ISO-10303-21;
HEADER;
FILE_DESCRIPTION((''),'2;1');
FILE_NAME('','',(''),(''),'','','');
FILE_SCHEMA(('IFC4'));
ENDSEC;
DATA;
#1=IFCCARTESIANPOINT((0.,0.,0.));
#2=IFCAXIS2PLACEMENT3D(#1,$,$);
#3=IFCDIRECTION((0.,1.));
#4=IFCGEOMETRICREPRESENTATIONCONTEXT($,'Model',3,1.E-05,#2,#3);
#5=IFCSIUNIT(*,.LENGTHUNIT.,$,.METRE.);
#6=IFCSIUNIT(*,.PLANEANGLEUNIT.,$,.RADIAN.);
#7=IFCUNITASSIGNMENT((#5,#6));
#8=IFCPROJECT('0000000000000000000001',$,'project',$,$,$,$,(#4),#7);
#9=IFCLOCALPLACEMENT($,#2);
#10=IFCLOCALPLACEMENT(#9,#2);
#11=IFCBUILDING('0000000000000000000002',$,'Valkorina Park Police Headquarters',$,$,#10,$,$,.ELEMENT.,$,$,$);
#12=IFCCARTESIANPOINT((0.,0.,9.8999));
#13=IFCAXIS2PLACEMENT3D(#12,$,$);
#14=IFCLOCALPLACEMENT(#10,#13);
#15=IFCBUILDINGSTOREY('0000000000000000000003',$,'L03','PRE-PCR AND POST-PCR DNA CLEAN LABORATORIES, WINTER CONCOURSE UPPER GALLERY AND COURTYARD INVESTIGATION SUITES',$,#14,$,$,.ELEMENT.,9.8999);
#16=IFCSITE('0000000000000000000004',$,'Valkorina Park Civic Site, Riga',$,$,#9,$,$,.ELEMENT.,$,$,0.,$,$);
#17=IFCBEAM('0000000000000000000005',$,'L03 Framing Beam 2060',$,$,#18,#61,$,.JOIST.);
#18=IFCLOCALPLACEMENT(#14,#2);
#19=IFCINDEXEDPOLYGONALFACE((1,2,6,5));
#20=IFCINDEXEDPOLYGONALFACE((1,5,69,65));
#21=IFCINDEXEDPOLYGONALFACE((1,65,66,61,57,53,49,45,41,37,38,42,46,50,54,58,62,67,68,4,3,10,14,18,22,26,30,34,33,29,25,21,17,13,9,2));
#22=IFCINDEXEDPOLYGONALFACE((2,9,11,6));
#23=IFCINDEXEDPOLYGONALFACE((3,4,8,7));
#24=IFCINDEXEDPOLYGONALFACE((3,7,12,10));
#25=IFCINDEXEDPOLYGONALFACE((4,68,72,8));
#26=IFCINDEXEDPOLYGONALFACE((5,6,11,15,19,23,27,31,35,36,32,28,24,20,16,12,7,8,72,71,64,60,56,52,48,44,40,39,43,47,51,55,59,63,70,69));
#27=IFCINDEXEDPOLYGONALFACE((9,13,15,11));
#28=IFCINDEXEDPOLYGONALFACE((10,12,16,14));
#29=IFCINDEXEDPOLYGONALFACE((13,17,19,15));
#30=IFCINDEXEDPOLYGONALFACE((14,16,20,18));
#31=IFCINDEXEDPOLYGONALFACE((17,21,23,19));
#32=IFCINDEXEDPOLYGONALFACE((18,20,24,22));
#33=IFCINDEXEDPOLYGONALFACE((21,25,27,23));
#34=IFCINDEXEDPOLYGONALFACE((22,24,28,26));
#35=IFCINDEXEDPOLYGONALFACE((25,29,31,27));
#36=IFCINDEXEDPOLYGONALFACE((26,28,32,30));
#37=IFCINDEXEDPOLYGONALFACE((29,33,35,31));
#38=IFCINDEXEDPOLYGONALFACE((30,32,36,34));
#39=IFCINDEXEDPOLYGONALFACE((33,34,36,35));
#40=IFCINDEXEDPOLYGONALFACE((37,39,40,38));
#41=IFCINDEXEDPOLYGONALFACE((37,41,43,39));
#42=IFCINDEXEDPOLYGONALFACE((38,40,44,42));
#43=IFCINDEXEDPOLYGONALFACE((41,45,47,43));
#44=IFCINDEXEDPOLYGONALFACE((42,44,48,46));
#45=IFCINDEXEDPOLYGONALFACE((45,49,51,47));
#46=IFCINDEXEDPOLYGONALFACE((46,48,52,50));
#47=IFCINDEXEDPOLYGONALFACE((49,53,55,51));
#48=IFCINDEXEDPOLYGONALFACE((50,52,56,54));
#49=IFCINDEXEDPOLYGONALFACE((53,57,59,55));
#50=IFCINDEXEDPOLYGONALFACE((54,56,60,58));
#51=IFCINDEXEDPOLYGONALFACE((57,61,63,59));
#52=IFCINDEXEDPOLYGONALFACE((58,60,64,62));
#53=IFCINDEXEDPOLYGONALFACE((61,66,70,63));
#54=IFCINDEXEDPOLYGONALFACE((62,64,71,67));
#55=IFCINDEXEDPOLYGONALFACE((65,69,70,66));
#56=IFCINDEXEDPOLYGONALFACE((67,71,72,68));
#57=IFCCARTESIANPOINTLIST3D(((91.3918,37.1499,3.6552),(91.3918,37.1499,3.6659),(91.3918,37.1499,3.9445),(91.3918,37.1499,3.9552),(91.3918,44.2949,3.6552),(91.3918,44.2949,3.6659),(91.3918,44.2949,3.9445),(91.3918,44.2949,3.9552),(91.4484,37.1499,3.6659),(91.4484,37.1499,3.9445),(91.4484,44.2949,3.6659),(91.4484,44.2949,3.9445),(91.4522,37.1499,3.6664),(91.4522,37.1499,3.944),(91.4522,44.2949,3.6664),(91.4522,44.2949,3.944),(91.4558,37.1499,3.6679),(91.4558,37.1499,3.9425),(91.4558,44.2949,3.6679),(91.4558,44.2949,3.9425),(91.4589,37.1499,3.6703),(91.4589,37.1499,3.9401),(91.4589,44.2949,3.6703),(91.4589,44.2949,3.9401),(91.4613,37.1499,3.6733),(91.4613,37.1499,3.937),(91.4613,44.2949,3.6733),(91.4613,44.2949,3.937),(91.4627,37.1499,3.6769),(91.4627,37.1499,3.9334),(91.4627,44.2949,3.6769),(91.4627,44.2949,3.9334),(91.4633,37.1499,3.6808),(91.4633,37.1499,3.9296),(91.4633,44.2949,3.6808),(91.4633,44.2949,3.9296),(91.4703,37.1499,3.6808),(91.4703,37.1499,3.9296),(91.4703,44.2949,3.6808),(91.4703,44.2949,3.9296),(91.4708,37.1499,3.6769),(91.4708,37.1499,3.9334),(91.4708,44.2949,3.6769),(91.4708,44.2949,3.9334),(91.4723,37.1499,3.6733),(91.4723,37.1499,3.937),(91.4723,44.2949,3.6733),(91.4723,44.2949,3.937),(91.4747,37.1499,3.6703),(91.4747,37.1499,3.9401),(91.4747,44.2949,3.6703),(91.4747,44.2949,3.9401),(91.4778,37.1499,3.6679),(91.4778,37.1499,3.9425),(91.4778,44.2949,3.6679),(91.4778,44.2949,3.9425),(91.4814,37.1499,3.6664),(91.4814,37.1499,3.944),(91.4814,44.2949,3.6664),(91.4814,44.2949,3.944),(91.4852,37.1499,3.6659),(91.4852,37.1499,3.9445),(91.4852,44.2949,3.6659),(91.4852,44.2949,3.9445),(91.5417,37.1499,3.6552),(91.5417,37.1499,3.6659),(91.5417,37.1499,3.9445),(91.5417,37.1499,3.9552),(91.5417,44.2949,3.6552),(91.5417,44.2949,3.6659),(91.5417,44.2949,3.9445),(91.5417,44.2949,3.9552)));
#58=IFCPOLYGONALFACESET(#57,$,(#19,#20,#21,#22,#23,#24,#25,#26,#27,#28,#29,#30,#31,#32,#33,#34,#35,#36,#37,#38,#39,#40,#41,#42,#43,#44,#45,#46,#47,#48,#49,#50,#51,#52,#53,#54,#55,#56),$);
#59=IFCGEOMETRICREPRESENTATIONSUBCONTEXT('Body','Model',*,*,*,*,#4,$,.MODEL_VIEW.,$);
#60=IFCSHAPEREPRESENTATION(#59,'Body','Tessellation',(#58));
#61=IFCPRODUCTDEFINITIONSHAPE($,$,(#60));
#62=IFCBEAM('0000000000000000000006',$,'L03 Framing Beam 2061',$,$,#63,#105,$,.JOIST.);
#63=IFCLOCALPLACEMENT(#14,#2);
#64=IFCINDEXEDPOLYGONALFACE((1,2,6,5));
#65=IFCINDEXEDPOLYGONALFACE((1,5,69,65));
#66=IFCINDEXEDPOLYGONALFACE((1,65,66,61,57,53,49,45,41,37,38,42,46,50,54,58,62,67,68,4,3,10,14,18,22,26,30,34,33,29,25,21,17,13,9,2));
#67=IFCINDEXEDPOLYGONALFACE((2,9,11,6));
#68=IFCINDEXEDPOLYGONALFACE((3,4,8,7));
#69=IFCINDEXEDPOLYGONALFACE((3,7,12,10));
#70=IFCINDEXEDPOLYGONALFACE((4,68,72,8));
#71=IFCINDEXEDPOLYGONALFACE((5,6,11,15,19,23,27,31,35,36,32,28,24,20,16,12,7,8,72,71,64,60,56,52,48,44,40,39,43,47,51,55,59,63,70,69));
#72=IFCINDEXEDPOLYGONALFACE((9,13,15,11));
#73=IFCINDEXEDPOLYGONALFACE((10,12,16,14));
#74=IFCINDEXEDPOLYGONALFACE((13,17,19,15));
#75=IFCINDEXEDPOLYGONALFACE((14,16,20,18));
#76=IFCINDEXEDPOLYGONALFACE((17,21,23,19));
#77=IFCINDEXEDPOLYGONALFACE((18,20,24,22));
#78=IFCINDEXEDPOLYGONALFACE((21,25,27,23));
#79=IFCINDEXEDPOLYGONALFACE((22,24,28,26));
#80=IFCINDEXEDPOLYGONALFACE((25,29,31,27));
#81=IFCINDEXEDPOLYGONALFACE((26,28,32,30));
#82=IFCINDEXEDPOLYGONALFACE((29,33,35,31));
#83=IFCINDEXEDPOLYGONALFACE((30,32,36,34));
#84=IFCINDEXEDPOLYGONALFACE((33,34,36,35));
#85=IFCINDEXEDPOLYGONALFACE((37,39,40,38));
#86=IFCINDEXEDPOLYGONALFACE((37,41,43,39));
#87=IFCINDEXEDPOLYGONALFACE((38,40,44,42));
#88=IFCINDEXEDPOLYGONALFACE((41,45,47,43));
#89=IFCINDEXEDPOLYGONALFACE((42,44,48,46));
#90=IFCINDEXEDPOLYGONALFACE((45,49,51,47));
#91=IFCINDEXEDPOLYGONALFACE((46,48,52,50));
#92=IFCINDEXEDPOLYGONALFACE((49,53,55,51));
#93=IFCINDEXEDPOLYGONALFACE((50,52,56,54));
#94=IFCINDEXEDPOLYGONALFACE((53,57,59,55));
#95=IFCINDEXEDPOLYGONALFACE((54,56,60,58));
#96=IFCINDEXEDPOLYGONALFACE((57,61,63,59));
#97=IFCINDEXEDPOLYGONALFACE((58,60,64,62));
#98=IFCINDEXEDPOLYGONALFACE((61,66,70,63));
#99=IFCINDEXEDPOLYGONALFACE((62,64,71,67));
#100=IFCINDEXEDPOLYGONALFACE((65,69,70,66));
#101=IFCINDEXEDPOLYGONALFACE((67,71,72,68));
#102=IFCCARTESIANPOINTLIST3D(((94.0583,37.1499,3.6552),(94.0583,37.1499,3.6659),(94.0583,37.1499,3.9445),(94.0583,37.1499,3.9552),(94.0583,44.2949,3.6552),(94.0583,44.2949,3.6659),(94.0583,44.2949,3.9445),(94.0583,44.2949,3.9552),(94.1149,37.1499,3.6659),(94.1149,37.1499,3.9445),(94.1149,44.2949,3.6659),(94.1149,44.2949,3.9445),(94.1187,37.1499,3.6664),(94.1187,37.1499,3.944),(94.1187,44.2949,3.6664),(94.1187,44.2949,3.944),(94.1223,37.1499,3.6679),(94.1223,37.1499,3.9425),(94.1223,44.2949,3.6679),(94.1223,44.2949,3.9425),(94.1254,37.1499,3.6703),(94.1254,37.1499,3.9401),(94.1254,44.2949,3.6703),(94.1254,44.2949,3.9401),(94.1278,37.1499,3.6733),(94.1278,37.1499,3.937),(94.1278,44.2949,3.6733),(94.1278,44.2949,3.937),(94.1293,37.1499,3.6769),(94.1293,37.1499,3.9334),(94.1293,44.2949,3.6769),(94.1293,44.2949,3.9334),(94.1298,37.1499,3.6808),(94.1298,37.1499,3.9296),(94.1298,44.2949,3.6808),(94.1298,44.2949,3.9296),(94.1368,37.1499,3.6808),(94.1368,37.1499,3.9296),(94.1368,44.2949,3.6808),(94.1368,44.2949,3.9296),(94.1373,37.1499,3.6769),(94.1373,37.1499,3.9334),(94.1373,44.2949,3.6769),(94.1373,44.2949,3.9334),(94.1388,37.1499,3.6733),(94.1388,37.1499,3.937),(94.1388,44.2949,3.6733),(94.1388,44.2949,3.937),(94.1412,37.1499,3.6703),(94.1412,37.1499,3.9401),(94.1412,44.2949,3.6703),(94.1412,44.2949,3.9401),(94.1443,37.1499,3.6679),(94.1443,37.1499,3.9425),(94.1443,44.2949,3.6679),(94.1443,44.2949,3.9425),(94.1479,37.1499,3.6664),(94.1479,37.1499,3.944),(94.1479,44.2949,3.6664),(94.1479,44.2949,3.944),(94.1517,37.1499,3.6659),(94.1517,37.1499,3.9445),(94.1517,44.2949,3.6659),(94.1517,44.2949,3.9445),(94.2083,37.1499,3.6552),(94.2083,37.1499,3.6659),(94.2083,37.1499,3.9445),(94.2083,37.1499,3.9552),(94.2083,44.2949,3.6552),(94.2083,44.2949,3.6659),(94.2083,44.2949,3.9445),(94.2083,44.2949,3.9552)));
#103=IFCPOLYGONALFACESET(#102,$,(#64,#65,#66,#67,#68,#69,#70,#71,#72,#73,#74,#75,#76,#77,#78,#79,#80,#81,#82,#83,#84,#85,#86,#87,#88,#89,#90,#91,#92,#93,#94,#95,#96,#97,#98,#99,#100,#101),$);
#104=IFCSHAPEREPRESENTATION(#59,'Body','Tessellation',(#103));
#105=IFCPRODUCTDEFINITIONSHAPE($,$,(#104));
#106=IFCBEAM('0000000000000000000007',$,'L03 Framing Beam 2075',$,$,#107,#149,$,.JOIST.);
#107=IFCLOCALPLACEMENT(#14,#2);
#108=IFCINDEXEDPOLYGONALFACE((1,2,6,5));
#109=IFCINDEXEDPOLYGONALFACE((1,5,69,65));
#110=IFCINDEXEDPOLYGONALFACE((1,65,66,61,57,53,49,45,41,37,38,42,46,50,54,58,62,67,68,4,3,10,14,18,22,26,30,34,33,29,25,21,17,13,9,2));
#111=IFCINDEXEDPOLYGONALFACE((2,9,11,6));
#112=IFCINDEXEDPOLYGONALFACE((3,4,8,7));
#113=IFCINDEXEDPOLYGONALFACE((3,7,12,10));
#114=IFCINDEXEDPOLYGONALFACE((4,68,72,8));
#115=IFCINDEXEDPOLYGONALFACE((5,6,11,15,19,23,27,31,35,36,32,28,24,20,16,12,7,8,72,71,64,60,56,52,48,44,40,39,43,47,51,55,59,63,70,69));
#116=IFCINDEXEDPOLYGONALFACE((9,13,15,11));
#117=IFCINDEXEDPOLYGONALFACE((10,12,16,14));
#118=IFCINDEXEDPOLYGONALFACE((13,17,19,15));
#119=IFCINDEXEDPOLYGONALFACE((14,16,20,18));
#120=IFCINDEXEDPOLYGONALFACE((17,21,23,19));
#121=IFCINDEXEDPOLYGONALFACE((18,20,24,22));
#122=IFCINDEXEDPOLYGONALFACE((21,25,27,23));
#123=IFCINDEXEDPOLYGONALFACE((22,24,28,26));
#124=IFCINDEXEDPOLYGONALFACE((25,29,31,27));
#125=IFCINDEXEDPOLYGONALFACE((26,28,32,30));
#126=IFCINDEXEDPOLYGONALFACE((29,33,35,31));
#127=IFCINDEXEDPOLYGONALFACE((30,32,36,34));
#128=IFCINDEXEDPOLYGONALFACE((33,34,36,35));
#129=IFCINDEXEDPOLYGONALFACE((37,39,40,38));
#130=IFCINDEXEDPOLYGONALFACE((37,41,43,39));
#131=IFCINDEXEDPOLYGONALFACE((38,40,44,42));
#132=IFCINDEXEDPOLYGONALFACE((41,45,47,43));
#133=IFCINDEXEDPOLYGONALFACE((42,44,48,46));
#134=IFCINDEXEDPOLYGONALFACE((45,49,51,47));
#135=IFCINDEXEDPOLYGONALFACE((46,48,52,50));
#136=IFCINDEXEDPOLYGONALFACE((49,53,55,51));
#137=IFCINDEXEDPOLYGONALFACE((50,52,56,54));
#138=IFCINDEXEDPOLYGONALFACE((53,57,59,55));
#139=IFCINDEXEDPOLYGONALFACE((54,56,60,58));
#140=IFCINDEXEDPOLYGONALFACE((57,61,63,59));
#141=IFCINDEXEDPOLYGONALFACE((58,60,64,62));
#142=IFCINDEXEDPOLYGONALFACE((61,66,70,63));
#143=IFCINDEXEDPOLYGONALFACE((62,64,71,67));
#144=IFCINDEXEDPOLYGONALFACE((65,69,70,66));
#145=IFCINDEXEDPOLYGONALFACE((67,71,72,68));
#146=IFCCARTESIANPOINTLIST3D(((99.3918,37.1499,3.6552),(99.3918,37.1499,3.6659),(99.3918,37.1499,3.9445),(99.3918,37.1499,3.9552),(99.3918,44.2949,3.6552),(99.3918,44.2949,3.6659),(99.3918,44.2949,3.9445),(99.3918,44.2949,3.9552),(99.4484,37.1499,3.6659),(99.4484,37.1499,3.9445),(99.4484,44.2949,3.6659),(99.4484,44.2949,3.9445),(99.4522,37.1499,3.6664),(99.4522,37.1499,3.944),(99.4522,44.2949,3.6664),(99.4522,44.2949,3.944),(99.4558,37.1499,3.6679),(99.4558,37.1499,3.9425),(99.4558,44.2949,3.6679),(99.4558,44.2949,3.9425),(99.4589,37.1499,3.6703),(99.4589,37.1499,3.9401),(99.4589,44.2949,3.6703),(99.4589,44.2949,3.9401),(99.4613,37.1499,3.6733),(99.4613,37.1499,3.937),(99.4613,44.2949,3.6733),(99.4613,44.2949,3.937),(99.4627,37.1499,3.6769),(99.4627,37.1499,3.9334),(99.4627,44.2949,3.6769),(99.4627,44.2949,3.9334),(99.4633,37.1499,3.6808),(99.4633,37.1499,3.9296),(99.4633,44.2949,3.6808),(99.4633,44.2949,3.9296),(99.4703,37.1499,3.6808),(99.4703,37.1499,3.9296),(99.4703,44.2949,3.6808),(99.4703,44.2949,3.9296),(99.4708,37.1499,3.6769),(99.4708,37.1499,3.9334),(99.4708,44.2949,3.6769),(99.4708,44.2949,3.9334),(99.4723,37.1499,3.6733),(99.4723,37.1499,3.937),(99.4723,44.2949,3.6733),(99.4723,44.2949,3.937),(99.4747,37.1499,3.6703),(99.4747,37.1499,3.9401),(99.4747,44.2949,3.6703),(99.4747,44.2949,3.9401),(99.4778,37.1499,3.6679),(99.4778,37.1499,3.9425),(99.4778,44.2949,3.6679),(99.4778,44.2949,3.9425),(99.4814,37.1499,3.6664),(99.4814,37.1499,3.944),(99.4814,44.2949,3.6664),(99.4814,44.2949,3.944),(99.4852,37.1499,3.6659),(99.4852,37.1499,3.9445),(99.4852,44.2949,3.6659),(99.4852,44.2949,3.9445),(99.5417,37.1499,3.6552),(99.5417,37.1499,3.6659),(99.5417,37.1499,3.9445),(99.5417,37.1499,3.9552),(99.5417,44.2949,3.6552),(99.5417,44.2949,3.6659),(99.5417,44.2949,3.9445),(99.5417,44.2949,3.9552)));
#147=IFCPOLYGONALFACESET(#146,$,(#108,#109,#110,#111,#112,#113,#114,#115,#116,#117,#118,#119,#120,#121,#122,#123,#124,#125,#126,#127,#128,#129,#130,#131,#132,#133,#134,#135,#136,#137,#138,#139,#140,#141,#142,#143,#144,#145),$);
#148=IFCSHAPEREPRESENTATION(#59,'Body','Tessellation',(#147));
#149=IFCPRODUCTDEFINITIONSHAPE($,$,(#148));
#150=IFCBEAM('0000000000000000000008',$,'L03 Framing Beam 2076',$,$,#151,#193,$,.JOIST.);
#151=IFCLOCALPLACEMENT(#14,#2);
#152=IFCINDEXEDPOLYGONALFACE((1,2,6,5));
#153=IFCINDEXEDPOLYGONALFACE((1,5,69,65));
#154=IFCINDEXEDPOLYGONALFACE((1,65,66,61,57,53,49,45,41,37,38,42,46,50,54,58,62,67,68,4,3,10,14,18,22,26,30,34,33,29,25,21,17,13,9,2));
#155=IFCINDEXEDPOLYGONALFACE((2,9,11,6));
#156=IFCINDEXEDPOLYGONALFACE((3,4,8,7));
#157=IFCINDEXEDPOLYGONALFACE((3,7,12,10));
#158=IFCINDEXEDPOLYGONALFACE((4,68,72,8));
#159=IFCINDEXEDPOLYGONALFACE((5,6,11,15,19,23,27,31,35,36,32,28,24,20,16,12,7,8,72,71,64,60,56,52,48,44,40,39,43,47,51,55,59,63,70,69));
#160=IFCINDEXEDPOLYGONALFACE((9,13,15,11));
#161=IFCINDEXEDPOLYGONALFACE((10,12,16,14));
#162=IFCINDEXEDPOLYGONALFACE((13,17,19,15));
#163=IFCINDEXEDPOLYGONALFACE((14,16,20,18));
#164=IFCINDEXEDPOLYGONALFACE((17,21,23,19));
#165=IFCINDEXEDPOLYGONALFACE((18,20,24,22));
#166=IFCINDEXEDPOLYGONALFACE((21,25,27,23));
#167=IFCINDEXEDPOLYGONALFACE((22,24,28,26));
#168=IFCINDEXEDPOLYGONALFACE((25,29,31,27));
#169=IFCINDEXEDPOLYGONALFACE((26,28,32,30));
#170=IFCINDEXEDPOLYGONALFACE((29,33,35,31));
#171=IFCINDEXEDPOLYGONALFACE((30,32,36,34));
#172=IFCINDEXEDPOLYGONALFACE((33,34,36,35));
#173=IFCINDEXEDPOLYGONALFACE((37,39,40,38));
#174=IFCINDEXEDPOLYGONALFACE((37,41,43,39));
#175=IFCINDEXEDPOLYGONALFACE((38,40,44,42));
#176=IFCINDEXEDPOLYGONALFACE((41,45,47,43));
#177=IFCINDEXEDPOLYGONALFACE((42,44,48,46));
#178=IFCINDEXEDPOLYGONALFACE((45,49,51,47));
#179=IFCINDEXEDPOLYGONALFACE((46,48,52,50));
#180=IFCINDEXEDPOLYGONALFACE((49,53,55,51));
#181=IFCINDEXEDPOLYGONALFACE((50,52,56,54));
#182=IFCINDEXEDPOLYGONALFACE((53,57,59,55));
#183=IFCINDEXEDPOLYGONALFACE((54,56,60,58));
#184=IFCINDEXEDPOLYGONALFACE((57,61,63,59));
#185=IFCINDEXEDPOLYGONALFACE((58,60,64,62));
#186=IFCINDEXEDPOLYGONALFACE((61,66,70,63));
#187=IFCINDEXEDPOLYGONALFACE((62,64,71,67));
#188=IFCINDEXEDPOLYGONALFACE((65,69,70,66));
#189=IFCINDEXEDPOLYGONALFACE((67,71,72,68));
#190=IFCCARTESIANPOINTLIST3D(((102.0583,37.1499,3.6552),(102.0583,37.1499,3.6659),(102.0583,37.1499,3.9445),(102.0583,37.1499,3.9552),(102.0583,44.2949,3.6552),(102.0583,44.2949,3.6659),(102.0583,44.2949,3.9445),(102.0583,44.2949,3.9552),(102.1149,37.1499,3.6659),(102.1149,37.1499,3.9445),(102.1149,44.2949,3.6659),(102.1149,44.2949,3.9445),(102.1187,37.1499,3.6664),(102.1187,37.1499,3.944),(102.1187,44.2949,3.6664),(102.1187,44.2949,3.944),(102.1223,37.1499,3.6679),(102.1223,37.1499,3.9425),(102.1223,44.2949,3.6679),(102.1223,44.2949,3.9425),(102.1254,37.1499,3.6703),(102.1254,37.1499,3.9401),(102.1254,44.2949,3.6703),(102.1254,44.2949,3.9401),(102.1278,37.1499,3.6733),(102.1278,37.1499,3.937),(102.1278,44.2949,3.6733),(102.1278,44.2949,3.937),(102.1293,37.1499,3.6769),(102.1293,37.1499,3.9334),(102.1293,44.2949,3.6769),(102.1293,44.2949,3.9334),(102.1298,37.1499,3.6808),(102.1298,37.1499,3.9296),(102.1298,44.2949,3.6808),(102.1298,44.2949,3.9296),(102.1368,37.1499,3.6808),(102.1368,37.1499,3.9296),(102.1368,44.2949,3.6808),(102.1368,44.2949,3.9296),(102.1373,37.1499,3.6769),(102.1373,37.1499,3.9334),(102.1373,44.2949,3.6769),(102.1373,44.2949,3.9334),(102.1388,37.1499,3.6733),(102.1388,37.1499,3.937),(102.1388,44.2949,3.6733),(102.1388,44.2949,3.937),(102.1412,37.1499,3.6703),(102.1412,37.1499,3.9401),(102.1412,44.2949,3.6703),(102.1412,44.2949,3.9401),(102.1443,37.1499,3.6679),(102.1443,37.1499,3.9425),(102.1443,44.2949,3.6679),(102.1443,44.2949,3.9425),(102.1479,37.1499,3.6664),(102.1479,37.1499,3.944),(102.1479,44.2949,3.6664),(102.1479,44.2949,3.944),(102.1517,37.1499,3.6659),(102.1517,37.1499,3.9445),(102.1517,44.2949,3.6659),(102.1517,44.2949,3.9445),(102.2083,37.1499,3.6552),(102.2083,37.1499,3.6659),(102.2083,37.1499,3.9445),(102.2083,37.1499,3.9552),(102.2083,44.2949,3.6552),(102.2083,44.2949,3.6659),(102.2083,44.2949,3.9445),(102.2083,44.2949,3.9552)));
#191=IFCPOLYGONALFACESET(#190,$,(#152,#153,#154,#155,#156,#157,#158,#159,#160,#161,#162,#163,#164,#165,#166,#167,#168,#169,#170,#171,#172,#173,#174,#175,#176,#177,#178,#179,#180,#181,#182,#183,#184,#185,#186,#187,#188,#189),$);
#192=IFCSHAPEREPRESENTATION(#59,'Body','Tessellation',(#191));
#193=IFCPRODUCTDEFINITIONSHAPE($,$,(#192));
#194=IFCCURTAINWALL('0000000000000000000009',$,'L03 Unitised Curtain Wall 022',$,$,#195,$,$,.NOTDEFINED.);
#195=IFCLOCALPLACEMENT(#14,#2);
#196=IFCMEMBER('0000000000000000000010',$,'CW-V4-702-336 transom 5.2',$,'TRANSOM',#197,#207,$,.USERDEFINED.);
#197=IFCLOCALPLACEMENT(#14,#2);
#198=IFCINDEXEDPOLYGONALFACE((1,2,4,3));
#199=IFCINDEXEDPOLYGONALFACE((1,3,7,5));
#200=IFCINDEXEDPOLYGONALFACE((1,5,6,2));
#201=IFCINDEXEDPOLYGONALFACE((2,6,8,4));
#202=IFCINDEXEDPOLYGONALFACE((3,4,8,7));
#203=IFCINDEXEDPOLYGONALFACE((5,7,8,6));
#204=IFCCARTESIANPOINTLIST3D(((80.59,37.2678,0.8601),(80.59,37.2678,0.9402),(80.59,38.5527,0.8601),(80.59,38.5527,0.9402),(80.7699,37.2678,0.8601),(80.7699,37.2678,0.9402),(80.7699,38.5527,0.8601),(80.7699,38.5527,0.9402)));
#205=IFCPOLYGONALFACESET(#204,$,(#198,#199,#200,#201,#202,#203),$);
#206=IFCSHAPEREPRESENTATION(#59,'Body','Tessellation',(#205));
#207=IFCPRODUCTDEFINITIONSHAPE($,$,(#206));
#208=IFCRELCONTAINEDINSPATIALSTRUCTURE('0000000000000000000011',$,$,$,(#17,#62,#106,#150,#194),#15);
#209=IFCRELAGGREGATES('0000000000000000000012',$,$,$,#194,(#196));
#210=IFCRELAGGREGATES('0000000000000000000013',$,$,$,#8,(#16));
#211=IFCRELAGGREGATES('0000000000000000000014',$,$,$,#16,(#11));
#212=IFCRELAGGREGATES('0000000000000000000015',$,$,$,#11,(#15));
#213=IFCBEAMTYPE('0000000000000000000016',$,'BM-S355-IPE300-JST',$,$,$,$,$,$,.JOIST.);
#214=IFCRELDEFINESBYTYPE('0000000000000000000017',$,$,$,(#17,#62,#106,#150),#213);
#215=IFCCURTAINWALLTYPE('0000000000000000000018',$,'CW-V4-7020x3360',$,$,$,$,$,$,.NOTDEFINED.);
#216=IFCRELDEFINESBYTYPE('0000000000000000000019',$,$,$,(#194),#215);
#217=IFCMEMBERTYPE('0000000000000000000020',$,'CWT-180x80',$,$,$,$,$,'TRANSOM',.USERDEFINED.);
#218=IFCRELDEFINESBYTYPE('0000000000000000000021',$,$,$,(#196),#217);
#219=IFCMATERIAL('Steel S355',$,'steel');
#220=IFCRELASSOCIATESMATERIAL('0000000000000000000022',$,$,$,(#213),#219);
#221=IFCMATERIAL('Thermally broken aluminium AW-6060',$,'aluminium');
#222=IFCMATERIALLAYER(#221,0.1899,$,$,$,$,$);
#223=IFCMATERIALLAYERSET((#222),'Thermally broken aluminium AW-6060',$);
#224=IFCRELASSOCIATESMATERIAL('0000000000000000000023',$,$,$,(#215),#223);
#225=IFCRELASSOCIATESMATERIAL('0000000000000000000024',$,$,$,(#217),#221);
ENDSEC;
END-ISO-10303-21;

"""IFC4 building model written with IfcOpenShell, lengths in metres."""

from ifc_helpers import new_model, si_unit, direction, frame, origin, origin_2d, place, context, subcontext, project, spatial, rectangle, i_section, extrude, material, layer, layer_set, material_profile, profile_set, type_object, element, aggregate, save


model = new_model("IFC4")

# Units and contexts
model_context = context("Model", 3, precision=1e-05, world=origin(), true_north=direction((0.0, 1.0)))
body_context = subcontext(model_context, "Body", "Model", "MODEL_VIEW")
ifc_project = project(units=[si_unit("LENGTHUNIT", "METRE"), si_unit("PLANEANGLEUNIT", "RADIAN")], contexts=[model_context])

# Site, building, storey
site_placement = place(None, origin())
site = spatial("IfcSite", under=ifc_project, at=site_placement, Name="Valkorina Park Civic Site, Riga", CompositionType="ELEMENT", RefElevation=0.0)
building_placement = place(site_placement, origin())
building = spatial("IfcBuilding", under=site, at=building_placement, Name="Valkorina Park Police Headquarters", CompositionType="ELEMENT")
storey_placement = place(building_placement, frame((0.0, 0.0, 9.8999)))
storey = spatial("IfcBuildingStorey", under=building, at=storey_placement, Name="L03", Description="PRE-PCR AND POST-PCR DNA CLEAN LABORATORIES, WINTER CONCOURSE UPPER GALLERY AND COURTYARD INVESTIGATION SUITES", CompositionType="ELEMENT", Elevation=9.8999)

# Shared definitions
ifc_material_1 = material(Name="Steel S355", Category="steel")

# Beams
ifc_material_profile_1 = material_profile(ifc_material_1, i_section(OverallWidth=0.1499, OverallDepth=0.3, WebThickness=0.0071, FlangeThickness=0.0107, FilletRadius=0.0149, at=origin_2d()), Name="IPE 300")
ifc_profile_set_1 = profile_set([ifc_material_profile_1], Name="Steel S355")
beam_type_1 = type_object("IfcBeamType", Name="BM-S355-IPE300-JST", PredefinedType="JOIST", material=ifc_profile_set_1)
for number, where, z_axis, x_axis, name in (
    (1, (91.4668, 37.1499, 3.8052), (0.0, 1.0, 0.0), (-1.0, 0.0, 0.0), "L03 Framing Beam 2060"),
    (2, (94.1333, 37.1499, 3.8052), (0.0, 1.0, 0.0), (-1.0, 0.0, 0.0), "L03 Framing Beam 2061"),
    (3, (99.4668, 37.1499, 3.8052), (0.0, 1.0, 0.0), (-1.0, 0.0, 0.0), "L03 Framing Beam 2075"),
    (4, (102.1333, 37.1499, 3.8052), (0.0, 1.0, 0.0), (-1.0, 0.0, 0.0), "L03 Framing Beam 2076"),
):
    element("IfcBeam", number, at=place(storey_placement, frame(where, z_axis=z_axis, x_axis=x_axis)), inside=storey, type_object=beam_type_1, Name=name, PredefinedType="JOIST", context=body_context, shape_type="SweptSolid", body=[
        extrude(i_section(OverallWidth=0.1499, OverallDepth=0.3, WebThickness=0.0071, FlangeThickness=0.0107, FilletRadius=0.0149, at=origin_2d()), origin(), (0.0, 0.0, 1.0), 7.145),
    ])

# Curtain wall, member
ifc_material_2 = material(Name="Thermally broken aluminium AW-6060", Category="aluminium")
ifc_layer_1 = layer(ifc_material_2, 0.1899)
ifc_layer_set_1 = layer_set([ifc_layer_1], Name="Thermally broken aluminium AW-6060")
curtain_wall_type = type_object("IfcCurtainWallType", Name="CW-V4-7020x3360", PredefinedType="NOTDEFINED", material=ifc_layer_set_1)
curtain_wall_placement = place(storey_placement, origin())
curtain_wall = element("IfcCurtainWall", 5, at=curtain_wall_placement, inside=storey, type_object=curtain_wall_type, Name="L03 Unitised Curtain Wall 022", PredefinedType="NOTDEFINED")
ifc_material_profile_2 = material_profile(ifc_material_2, rectangle(XDim=0.1799, YDim=0.0801, at=origin_2d()), Name="CWT-03 180x80")
ifc_profile_set_2 = profile_set([ifc_material_profile_2], Name="Thermally broken aluminium AW-6060")
member_type = type_object("IfcMemberType", Name="CWT-180x80", ElementType="TRANSOM", PredefinedType="USERDEFINED", material=ifc_profile_set_2)
member_1_placement = place(storey_placement, frame((80.6799, 38.5527, 0.9001), z_axis=(0.0, -1.0, 0.0), x_axis=(1.0, 0.0, 0.0)))
member_1 = element("IfcMember", 6, at=member_1_placement, type_object=member_type, Name="CW-V4-702-336 transom 5.2", ObjectType="TRANSOM", PredefinedType="USERDEFINED", context=body_context, shape_type="SweptSolid", body=[
    extrude(rectangle(XDim=0.1799, YDim=0.0801, at=origin_2d()), origin(), (0.0, 0.0, 1.0), 1.2849),
])
aggregate(curtain_wall, [member_1])

save(model, "model.ifc")
